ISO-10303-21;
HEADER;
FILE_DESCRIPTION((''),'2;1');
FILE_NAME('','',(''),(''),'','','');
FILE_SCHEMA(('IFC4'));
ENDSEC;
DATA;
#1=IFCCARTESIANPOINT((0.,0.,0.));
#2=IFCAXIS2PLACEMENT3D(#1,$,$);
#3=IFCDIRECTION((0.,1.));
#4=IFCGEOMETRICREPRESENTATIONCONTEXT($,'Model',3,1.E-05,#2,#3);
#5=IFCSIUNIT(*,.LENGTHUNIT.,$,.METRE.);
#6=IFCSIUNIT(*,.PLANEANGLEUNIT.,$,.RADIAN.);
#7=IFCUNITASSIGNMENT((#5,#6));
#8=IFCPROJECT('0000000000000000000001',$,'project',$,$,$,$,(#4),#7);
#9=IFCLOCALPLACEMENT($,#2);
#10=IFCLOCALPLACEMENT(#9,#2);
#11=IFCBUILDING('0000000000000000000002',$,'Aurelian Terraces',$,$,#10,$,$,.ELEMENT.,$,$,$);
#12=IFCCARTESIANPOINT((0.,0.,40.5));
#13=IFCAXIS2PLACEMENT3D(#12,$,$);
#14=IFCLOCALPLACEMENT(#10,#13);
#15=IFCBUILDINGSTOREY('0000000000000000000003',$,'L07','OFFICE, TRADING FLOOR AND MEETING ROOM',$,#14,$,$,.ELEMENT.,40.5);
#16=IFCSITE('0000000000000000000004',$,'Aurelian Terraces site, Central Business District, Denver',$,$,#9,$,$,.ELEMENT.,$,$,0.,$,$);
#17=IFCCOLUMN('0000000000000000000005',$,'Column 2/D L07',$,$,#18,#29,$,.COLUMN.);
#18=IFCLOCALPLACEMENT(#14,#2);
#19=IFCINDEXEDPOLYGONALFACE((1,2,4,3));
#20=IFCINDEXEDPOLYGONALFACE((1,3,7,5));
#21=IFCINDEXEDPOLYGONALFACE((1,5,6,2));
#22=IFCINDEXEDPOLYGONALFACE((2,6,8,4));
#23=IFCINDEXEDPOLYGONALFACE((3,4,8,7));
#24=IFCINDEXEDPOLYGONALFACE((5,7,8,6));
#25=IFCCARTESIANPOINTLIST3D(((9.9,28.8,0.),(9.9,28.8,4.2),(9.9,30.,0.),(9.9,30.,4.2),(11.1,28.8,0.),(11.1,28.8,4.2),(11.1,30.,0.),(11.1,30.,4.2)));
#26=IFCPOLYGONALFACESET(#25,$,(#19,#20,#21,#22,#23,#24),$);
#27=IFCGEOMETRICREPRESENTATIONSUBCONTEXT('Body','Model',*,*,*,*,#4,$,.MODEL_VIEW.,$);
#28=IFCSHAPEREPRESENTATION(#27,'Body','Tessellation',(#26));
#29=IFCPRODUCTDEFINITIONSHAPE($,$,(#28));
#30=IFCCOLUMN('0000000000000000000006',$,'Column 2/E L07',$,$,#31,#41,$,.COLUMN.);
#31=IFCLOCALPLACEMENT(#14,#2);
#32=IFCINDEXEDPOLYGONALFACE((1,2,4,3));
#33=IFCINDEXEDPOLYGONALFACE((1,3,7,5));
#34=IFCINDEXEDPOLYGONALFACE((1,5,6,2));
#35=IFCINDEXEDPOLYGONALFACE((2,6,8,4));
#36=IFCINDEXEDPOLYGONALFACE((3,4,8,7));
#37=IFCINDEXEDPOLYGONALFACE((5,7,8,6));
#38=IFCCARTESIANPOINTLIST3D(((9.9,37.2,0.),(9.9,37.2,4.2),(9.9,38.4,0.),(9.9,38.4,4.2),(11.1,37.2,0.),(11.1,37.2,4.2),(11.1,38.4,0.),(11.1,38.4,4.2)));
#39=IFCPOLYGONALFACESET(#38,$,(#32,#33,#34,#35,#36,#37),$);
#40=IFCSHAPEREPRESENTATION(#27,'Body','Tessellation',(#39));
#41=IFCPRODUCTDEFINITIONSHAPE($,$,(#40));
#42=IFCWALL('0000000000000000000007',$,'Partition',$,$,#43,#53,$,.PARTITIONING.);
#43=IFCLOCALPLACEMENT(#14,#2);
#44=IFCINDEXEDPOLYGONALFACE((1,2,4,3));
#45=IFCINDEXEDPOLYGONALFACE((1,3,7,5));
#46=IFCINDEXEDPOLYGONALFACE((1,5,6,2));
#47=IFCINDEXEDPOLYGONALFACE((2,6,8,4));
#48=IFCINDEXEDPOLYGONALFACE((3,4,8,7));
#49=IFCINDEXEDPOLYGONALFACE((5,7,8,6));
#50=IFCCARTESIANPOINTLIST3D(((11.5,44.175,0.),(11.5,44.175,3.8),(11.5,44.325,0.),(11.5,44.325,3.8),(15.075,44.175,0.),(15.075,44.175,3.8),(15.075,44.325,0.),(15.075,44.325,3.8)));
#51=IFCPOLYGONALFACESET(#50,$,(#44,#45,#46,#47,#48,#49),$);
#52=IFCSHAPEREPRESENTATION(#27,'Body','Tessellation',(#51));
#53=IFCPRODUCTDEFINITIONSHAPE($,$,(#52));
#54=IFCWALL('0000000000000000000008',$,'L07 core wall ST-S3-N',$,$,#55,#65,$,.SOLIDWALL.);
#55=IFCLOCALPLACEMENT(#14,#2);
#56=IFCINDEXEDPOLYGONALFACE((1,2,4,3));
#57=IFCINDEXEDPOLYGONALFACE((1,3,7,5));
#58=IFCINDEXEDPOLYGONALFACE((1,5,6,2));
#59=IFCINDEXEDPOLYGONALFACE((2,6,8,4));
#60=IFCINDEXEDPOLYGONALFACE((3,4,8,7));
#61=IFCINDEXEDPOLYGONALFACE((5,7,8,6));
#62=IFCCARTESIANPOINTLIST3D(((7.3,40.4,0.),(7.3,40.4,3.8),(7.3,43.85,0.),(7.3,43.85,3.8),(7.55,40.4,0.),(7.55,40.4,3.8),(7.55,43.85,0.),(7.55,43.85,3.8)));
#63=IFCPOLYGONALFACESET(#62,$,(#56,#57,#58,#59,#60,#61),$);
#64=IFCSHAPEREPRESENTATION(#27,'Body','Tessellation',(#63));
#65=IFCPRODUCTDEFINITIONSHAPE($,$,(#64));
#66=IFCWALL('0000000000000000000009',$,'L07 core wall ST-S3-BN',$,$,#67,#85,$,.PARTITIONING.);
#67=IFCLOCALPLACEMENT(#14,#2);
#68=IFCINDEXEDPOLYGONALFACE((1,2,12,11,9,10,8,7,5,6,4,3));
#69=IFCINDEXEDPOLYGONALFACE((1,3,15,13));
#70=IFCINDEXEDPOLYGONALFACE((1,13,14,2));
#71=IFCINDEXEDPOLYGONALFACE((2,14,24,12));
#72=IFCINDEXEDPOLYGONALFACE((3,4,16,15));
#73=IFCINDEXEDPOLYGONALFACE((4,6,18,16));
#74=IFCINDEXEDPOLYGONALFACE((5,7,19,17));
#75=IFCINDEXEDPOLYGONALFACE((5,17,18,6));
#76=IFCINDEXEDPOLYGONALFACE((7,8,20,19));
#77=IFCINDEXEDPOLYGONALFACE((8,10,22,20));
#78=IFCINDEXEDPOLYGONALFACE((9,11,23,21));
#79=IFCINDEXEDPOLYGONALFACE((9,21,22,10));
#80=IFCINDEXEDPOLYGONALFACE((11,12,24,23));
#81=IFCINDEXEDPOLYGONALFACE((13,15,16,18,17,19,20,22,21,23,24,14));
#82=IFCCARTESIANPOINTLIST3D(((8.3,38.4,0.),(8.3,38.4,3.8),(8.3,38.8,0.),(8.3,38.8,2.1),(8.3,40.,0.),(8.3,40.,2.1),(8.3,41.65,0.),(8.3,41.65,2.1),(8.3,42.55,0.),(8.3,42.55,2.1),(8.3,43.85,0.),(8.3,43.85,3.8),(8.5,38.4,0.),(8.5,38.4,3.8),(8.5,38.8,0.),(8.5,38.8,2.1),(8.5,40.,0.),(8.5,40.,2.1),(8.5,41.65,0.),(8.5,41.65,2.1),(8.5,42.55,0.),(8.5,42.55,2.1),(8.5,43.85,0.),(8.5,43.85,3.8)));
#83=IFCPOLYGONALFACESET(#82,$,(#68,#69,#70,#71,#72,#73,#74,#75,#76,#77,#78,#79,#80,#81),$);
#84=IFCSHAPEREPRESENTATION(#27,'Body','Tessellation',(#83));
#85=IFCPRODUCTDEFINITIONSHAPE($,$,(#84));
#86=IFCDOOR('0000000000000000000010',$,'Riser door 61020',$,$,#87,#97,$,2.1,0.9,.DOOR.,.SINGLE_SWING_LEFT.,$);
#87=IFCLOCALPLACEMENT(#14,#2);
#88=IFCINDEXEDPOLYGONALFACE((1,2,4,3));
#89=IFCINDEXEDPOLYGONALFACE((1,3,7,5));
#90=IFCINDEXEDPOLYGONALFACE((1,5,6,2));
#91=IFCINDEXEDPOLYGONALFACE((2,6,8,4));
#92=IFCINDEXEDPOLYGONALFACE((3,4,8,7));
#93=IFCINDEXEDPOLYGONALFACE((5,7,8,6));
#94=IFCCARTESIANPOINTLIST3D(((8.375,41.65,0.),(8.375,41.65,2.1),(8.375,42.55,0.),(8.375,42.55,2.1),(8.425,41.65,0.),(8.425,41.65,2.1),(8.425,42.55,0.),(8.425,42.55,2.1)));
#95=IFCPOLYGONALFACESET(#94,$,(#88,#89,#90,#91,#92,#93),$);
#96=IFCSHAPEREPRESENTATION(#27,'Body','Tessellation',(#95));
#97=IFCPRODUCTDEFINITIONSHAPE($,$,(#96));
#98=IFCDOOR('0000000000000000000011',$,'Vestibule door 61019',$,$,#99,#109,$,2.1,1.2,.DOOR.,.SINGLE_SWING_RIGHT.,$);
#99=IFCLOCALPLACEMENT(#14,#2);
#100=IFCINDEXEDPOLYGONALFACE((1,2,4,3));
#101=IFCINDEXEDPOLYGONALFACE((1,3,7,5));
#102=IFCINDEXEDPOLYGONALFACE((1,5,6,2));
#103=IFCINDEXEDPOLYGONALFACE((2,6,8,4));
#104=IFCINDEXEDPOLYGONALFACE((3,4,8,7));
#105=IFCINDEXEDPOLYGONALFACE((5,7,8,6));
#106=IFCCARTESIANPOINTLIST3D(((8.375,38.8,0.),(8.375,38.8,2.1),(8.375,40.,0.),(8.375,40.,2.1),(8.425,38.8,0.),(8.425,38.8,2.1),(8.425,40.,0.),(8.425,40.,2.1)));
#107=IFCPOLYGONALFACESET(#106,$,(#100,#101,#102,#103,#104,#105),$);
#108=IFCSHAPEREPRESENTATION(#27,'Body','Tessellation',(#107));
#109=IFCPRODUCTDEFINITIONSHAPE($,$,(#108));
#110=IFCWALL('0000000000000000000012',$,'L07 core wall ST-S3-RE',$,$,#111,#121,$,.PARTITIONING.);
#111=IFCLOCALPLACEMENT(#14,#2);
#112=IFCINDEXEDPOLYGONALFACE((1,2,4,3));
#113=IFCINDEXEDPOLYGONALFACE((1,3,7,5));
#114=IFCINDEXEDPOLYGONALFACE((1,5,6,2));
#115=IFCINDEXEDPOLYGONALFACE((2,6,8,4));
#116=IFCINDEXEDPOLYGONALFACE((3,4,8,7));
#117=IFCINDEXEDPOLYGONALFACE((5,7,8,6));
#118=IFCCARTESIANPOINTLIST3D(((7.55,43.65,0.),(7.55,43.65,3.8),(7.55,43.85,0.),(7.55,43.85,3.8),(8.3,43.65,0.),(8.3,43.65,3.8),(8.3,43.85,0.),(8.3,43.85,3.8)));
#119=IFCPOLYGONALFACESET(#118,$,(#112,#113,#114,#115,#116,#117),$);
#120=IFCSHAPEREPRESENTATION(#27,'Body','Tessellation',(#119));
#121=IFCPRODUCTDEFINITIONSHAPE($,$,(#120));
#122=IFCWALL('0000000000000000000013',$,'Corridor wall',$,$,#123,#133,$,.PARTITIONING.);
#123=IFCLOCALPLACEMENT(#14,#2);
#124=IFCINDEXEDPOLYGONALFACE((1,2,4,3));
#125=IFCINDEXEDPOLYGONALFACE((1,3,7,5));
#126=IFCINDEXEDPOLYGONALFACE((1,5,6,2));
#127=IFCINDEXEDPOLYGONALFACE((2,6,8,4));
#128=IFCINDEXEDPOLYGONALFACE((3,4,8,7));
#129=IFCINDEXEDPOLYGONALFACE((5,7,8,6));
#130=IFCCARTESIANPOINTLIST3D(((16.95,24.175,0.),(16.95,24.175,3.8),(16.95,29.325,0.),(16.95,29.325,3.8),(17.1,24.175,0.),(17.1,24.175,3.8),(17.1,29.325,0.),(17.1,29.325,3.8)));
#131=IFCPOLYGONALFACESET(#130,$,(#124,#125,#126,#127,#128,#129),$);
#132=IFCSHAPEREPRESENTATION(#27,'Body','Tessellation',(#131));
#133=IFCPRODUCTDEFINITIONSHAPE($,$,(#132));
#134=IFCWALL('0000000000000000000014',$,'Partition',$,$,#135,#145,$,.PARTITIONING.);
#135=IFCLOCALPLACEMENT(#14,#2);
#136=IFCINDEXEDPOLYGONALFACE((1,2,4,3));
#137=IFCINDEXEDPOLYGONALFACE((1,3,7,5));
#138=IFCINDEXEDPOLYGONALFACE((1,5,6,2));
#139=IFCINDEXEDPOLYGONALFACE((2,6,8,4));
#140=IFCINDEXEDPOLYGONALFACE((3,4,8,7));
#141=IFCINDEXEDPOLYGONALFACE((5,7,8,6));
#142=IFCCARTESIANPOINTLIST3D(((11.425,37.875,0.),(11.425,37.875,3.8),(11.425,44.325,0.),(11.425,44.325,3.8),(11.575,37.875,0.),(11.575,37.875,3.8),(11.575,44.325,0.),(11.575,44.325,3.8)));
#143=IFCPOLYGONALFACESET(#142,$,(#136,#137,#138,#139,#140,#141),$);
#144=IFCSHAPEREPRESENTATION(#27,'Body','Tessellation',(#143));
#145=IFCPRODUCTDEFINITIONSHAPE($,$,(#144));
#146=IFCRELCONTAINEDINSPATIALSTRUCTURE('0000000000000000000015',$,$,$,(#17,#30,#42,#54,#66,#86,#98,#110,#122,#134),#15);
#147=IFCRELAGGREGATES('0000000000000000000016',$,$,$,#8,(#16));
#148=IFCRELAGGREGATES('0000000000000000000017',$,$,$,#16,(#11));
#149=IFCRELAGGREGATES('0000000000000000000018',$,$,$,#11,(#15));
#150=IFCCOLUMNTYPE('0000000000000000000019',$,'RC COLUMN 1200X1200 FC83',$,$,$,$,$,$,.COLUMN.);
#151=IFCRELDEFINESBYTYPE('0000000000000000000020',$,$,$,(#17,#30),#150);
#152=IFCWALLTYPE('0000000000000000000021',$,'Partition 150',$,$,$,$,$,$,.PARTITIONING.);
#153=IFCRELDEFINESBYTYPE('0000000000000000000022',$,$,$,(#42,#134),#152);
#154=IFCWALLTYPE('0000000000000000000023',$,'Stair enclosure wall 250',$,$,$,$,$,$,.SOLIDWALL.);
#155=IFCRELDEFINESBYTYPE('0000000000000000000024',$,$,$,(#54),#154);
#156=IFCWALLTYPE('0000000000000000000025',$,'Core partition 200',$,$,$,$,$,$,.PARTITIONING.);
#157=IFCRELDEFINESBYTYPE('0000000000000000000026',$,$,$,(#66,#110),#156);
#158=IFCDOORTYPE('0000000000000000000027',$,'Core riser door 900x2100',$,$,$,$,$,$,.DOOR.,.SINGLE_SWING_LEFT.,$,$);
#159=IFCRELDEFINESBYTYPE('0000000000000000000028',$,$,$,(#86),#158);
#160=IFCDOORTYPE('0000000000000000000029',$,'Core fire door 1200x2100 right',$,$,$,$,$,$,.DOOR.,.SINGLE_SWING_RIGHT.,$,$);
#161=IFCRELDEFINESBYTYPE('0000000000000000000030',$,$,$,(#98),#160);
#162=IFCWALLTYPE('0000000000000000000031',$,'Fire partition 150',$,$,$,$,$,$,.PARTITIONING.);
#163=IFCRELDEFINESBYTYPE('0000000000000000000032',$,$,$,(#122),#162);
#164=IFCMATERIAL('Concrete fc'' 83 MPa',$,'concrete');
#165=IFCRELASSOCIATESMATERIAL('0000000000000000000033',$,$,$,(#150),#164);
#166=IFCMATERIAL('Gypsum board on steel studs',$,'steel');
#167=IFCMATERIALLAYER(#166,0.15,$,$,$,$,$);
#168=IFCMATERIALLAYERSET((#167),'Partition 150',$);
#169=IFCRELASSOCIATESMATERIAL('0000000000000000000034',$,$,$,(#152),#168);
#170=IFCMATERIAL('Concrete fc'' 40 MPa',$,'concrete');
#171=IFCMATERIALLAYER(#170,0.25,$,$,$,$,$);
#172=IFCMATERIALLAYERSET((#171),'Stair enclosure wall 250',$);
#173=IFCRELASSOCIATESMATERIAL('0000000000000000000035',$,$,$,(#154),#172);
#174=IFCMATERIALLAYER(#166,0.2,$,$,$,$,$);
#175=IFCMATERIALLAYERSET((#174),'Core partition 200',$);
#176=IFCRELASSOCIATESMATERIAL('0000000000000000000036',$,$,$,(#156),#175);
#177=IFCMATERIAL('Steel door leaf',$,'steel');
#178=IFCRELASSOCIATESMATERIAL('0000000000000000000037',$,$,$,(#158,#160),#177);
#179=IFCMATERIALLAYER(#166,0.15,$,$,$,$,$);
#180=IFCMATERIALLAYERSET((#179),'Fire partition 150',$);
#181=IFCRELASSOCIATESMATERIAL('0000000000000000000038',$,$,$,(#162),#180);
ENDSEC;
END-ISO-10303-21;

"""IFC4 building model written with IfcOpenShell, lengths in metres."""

from ifc_helpers import new_model, si_unit, direction, frame, frame_2d, origin, origin_2d, place, context, subcontext, project, spatial, rectangle, extrude, source, transform, mapped, material, layer, layer_set, material_profile, profile_set, type_object, element, fill, save


model = new_model("IFC4")

# Units and contexts
model_context = context("Model", 3, precision=1e-05, world=origin(), true_north=direction((0.0, 1.0)))
body_context = subcontext(model_context, "Body", "Model", "MODEL_VIEW")
ifc_project = project(units=[si_unit("LENGTHUNIT", "METRE"), si_unit("PLANEANGLEUNIT", "RADIAN")], contexts=[model_context])

# Site, building, storey
site_placement = place(None, origin())
site = spatial("IfcSite", under=ifc_project, at=site_placement, Name="Aurelian Terraces site, Central Business District, Denver", CompositionType="ELEMENT", RefElevation=0.0)
building_placement = place(site_placement, origin())
building = spatial("IfcBuilding", under=site, at=building_placement, Name="Aurelian Terraces", CompositionType="ELEMENT")
storey_placement = place(building_placement, frame((0.0, 0.0, 40.5)))
storey = spatial("IfcBuildingStorey", under=building, at=storey_placement, Name="L07", Description="OFFICE, TRADING FLOOR AND MEETING ROOM", CompositionType="ELEMENT", Elevation=40.5)

# Columns
ifc_material_1 = material(Name="Concrete fc' 83 MPa", Category="concrete")
ifc_material_profile = material_profile(ifc_material_1, rectangle(XDim=1.2, YDim=1.2, at=origin_2d()))
ifc_profile_set = profile_set([ifc_material_profile], Name="Concrete fc' 83 MPa")
column_type = type_object("IfcColumnType", Name="RC COLUMN 1200X1200 FC83", PredefinedType="COLUMN", material=ifc_profile_set)
shared_shape_1 = source(origin(), body_context, "Body", "SweptSolid", [
    extrude(rectangle(XDim=1.2, YDim=1.2, at=origin_2d()), origin(), (0.0, 0.0, 1.0), 4.2),
])
for number, where, z_axis, x_axis, name in (
    (1, (10.5, 29.4, 0.0), (0.0, 0.0, 1.0), (1.0, 0.0, 0.0), "Column 2/D L07"),
    (2, (10.5, 37.8, 0.0), (0.0, 0.0, 1.0), (1.0, 0.0, 0.0), "Column 2/E L07"),
):
    element("IfcColumn", number, at=place(storey_placement, frame(where, z_axis=z_axis, x_axis=x_axis)), inside=storey, type_object=column_type, Name=name, PredefinedType="COLUMN", context=body_context, shape_type="MappedRepresentation", body=[
        mapped(shared_shape_1, transform((0.0, 0.0, 0.0), scale=1.0)),
    ])

# Walls
ifc_material_2 = material(Name="Gypsum board on steel studs", Category="steel")
ifc_layer_1 = layer(ifc_material_2, 0.15)
ifc_layer_set_1 = layer_set([ifc_layer_1], Name="Partition 150")
wall_type_1 = type_object("IfcWallType", Name="Partition 150", PredefinedType="PARTITIONING", material=ifc_layer_set_1)
wall_1_placement = place(storey_placement, frame((15.075, 44.25, 0.0), z_axis=(0.0, 0.0, 1.0), x_axis=(-1.0, 0.0, 0.0)))
element("IfcWall", 3, at=wall_1_placement, inside=storey, type_object=wall_type_1, Name="Partition", PredefinedType="PARTITIONING", context=body_context, shape_type="SweptSolid", body=[
    extrude(rectangle(XDim=3.575, YDim=0.15, at=frame_2d((1.7875, 0.0))), origin(), (0.0, 0.0, 1.0), 3.8),
])
ifc_material_3 = material(Name="Concrete fc' 40 MPa", Category="concrete")
ifc_layer_2 = layer(ifc_material_3, 0.25)
ifc_layer_set_2 = layer_set([ifc_layer_2], Name="Stair enclosure wall 250")
wall_type_2 = type_object("IfcWallType", Name="Stair enclosure wall 250", PredefinedType="SOLIDWALL", material=ifc_layer_set_2)
shared_shape_2 = source(origin(), body_context, "Body", "SweptSolid", [
    extrude(rectangle(XDim=3.45, YDim=0.25, at=frame_2d((1.725, 0.0))), origin(), (0.0, 0.0, 1.0), 3.8),
])
wall_2_placement = place(storey_placement, frame((7.425, 40.4, 0.0), z_axis=(0.0, 0.0, 1.0), x_axis=(0.0, 1.0, 0.0)))
element("IfcWall", 4, at=wall_2_placement, inside=storey, type_object=wall_type_2, Name="L07 core wall ST-S3-N", PredefinedType="SOLIDWALL", context=body_context, shape_type="MappedRepresentation", body=[
    mapped(shared_shape_2, transform((0.0, 0.0, 0.0), scale=1.0)),
])

# Wall, openings, doors
ifc_layer_3 = layer(ifc_material_2, 0.2)
ifc_layer_set_3 = layer_set([ifc_layer_3], Name="Core partition 200")
wall_type_3 = type_object("IfcWallType", Name="Core partition 200", PredefinedType="PARTITIONING", material=ifc_layer_set_3)
shared_shape_3 = source(origin(), body_context, "Body", "SweptSolid", [
    extrude(rectangle(XDim=5.45, YDim=0.2, at=frame_2d((2.725, 0.0))), origin(), (0.0, 0.0, 1.0), 3.8),
])
wall_3_placement = place(storey_placement, frame((8.4, 38.4, 0.0), z_axis=(0.0, 0.0, 1.0), x_axis=(0.0, 1.0, 0.0)))
wall_3 = element("IfcWall", 5, at=wall_3_placement, inside=storey, type_object=wall_type_3, Name="L07 core wall ST-S3-BN", PredefinedType="PARTITIONING", context=body_context, shape_type="MappedRepresentation", body=[
    mapped(shared_shape_3, transform((0.0, 0.0, 0.0), scale=1.0)),
])
shared_shape_4 = source(origin(), body_context, "Body", "SweptSolid", [
    extrude(rectangle(XDim=1.2, YDim=2.1, at=frame_2d((0.6, 1.05))), frame((0.0, 0.11, 0.0), z_axis=(0.0, -1.0, 0.0), x_axis=(1.0, 0.0, 0.0)), (0.0, 0.0, 1.0), 0.22),
])
opening_1_placement = place(wall_3_placement, frame((0.4, 0.0, 0.0)))
opening_1 = element("IfcOpeningElement", 6, at=opening_1_placement, cuts=wall_3, PredefinedType="OPENING", context=body_context, shape_type="MappedRepresentation", body=[
    mapped(shared_shape_4, transform((0.0, 0.0, 0.0), scale=1.0)),
])
shared_shape_5 = source(origin(), body_context, "Body", "SweptSolid", [
    extrude(rectangle(XDim=0.9, YDim=2.1, at=frame_2d((0.45, 1.05))), frame((0.0, 0.11, 0.0), z_axis=(0.0, -1.0, 0.0), x_axis=(1.0, 0.0, 0.0)), (0.0, 0.0, 1.0), 0.22),
])
opening_2_placement = place(wall_3_placement, frame((3.25, 0.0, 0.0)))
opening_2 = element("IfcOpeningElement", 7, at=opening_2_placement, cuts=wall_3, PredefinedType="OPENING", context=body_context, shape_type="MappedRepresentation", body=[
    mapped(shared_shape_5, transform((0.0, 0.0, 0.0), scale=1.0)),
])
ifc_material_4 = material(Name="Steel door leaf", Category="steel")
door_type_1 = type_object("IfcDoorType", Name="Core riser door 900x2100", OperationType="SINGLE_SWING_LEFT", PredefinedType="DOOR", material=ifc_material_4)
shared_shape_6 = source(origin(), body_context, "Body", "SweptSolid", [
    extrude(rectangle(XDim=0.9, YDim=2.1, at=frame_2d((0.45, 1.05))), frame((0.0, 0.025, 0.0), z_axis=(0.0, -1.0, 0.0), x_axis=(1.0, 0.0, 0.0)), (0.0, 0.0, 1.0), 0.05),
])
door_1_placement = place(opening_2_placement, origin())
door_1 = element("IfcDoor", 8, at=door_1_placement, inside=storey, type_object=door_type_1, Name="Riser door 61020", OperationType="SINGLE_SWING_LEFT", OverallHeight=2.1, OverallWidth=0.9, PredefinedType="DOOR", context=body_context, shape_type="MappedRepresentation", body=[
    mapped(shared_shape_6, transform((0.0, 0.0, 0.0), scale=1.0)),
])
fill(opening_2, door_1)
door_type_2 = type_object("IfcDoorType", Name="Core fire door 1200x2100 right", OperationType="SINGLE_SWING_RIGHT", PredefinedType="DOOR", material=ifc_material_4)
shared_shape_7 = source(origin(), body_context, "Body", "SweptSolid", [
    extrude(rectangle(XDim=1.2, YDim=2.1, at=frame_2d((0.6, 1.05))), frame((0.0, 0.025, 0.0), z_axis=(0.0, -1.0, 0.0), x_axis=(1.0, 0.0, 0.0)), (0.0, 0.0, 1.0), 0.05),
])
door_2_placement = place(opening_1_placement, origin())
door_2 = element("IfcDoor", 9, at=door_2_placement, inside=storey, type_object=door_type_2, Name="Vestibule door 61019", OperationType="SINGLE_SWING_RIGHT", OverallHeight=2.1, OverallWidth=1.2, PredefinedType="DOOR", context=body_context, shape_type="MappedRepresentation", body=[
    mapped(shared_shape_7, transform((0.0, 0.0, 0.0), scale=1.0)),
])
fill(opening_1, door_2)

# Walls
shared_shape_8 = source(origin(), body_context, "Body", "SweptSolid", [
    extrude(rectangle(XDim=0.75, YDim=0.2, at=frame_2d((0.375, 0.0))), origin(), (0.0, 0.0, 1.0), 3.8),
])
wall_4_placement = place(storey_placement, frame((7.55, 43.75, 0.0), z_axis=(0.0, 0.0, 1.0), x_axis=(1.0, 0.0, 0.0)))
element("IfcWall", 10, at=wall_4_placement, inside=storey, type_object=wall_type_3, Name="L07 core wall ST-S3-RE", PredefinedType="PARTITIONING", context=body_context, shape_type="MappedRepresentation", body=[
    mapped(shared_shape_8, transform((0.0, 0.0, 0.0), scale=1.0)),
])
ifc_layer_4 = layer(ifc_material_2, 0.15)
ifc_layer_set_4 = layer_set([ifc_layer_4], Name="Fire partition 150")
wall_type_4 = type_object("IfcWallType", Name="Fire partition 150", PredefinedType="PARTITIONING", material=ifc_layer_set_4)
shared_shape_9 = source(origin(), body_context, "Body", "SweptSolid", [
    extrude(rectangle(XDim=5.15, YDim=0.15, at=frame_2d((2.575, 0.0))), origin(), (0.0, 0.0, 1.0), 3.8),
])
wall_5_placement = place(storey_placement, frame((17.025, 29.325, 0.0), z_axis=(0.0, 0.0, 1.0), x_axis=(0.0, -1.0, 0.0)))
element("IfcWall", 11, at=wall_5_placement, inside=storey, type_object=wall_type_4, Name="Corridor wall", PredefinedType="PARTITIONING", context=body_context, shape_type="MappedRepresentation", body=[
    mapped(shared_shape_9, transform((0.0, 0.0, 0.0), scale=1.0)),
])
shared_shape_10 = source(origin(), body_context, "Body", "SweptSolid", [
    extrude(rectangle(XDim=6.45, YDim=0.15, at=frame_2d((3.225, 0.0))), origin(), (0.0, 0.0, 1.0), 3.8),
])
wall_6_placement = place(storey_placement, frame((11.5, 44.325, 0.0), z_axis=(0.0, 0.0, 1.0), x_axis=(0.0, -1.0, 0.0)))
element("IfcWall", 12, at=wall_6_placement, inside=storey, type_object=wall_type_1, Name="Partition", PredefinedType="PARTITIONING", context=body_context, shape_type="MappedRepresentation", body=[
    mapped(shared_shape_10, transform((0.0, 0.0, 0.0), scale=1.0)),
])

save(model, "model.ifc")
